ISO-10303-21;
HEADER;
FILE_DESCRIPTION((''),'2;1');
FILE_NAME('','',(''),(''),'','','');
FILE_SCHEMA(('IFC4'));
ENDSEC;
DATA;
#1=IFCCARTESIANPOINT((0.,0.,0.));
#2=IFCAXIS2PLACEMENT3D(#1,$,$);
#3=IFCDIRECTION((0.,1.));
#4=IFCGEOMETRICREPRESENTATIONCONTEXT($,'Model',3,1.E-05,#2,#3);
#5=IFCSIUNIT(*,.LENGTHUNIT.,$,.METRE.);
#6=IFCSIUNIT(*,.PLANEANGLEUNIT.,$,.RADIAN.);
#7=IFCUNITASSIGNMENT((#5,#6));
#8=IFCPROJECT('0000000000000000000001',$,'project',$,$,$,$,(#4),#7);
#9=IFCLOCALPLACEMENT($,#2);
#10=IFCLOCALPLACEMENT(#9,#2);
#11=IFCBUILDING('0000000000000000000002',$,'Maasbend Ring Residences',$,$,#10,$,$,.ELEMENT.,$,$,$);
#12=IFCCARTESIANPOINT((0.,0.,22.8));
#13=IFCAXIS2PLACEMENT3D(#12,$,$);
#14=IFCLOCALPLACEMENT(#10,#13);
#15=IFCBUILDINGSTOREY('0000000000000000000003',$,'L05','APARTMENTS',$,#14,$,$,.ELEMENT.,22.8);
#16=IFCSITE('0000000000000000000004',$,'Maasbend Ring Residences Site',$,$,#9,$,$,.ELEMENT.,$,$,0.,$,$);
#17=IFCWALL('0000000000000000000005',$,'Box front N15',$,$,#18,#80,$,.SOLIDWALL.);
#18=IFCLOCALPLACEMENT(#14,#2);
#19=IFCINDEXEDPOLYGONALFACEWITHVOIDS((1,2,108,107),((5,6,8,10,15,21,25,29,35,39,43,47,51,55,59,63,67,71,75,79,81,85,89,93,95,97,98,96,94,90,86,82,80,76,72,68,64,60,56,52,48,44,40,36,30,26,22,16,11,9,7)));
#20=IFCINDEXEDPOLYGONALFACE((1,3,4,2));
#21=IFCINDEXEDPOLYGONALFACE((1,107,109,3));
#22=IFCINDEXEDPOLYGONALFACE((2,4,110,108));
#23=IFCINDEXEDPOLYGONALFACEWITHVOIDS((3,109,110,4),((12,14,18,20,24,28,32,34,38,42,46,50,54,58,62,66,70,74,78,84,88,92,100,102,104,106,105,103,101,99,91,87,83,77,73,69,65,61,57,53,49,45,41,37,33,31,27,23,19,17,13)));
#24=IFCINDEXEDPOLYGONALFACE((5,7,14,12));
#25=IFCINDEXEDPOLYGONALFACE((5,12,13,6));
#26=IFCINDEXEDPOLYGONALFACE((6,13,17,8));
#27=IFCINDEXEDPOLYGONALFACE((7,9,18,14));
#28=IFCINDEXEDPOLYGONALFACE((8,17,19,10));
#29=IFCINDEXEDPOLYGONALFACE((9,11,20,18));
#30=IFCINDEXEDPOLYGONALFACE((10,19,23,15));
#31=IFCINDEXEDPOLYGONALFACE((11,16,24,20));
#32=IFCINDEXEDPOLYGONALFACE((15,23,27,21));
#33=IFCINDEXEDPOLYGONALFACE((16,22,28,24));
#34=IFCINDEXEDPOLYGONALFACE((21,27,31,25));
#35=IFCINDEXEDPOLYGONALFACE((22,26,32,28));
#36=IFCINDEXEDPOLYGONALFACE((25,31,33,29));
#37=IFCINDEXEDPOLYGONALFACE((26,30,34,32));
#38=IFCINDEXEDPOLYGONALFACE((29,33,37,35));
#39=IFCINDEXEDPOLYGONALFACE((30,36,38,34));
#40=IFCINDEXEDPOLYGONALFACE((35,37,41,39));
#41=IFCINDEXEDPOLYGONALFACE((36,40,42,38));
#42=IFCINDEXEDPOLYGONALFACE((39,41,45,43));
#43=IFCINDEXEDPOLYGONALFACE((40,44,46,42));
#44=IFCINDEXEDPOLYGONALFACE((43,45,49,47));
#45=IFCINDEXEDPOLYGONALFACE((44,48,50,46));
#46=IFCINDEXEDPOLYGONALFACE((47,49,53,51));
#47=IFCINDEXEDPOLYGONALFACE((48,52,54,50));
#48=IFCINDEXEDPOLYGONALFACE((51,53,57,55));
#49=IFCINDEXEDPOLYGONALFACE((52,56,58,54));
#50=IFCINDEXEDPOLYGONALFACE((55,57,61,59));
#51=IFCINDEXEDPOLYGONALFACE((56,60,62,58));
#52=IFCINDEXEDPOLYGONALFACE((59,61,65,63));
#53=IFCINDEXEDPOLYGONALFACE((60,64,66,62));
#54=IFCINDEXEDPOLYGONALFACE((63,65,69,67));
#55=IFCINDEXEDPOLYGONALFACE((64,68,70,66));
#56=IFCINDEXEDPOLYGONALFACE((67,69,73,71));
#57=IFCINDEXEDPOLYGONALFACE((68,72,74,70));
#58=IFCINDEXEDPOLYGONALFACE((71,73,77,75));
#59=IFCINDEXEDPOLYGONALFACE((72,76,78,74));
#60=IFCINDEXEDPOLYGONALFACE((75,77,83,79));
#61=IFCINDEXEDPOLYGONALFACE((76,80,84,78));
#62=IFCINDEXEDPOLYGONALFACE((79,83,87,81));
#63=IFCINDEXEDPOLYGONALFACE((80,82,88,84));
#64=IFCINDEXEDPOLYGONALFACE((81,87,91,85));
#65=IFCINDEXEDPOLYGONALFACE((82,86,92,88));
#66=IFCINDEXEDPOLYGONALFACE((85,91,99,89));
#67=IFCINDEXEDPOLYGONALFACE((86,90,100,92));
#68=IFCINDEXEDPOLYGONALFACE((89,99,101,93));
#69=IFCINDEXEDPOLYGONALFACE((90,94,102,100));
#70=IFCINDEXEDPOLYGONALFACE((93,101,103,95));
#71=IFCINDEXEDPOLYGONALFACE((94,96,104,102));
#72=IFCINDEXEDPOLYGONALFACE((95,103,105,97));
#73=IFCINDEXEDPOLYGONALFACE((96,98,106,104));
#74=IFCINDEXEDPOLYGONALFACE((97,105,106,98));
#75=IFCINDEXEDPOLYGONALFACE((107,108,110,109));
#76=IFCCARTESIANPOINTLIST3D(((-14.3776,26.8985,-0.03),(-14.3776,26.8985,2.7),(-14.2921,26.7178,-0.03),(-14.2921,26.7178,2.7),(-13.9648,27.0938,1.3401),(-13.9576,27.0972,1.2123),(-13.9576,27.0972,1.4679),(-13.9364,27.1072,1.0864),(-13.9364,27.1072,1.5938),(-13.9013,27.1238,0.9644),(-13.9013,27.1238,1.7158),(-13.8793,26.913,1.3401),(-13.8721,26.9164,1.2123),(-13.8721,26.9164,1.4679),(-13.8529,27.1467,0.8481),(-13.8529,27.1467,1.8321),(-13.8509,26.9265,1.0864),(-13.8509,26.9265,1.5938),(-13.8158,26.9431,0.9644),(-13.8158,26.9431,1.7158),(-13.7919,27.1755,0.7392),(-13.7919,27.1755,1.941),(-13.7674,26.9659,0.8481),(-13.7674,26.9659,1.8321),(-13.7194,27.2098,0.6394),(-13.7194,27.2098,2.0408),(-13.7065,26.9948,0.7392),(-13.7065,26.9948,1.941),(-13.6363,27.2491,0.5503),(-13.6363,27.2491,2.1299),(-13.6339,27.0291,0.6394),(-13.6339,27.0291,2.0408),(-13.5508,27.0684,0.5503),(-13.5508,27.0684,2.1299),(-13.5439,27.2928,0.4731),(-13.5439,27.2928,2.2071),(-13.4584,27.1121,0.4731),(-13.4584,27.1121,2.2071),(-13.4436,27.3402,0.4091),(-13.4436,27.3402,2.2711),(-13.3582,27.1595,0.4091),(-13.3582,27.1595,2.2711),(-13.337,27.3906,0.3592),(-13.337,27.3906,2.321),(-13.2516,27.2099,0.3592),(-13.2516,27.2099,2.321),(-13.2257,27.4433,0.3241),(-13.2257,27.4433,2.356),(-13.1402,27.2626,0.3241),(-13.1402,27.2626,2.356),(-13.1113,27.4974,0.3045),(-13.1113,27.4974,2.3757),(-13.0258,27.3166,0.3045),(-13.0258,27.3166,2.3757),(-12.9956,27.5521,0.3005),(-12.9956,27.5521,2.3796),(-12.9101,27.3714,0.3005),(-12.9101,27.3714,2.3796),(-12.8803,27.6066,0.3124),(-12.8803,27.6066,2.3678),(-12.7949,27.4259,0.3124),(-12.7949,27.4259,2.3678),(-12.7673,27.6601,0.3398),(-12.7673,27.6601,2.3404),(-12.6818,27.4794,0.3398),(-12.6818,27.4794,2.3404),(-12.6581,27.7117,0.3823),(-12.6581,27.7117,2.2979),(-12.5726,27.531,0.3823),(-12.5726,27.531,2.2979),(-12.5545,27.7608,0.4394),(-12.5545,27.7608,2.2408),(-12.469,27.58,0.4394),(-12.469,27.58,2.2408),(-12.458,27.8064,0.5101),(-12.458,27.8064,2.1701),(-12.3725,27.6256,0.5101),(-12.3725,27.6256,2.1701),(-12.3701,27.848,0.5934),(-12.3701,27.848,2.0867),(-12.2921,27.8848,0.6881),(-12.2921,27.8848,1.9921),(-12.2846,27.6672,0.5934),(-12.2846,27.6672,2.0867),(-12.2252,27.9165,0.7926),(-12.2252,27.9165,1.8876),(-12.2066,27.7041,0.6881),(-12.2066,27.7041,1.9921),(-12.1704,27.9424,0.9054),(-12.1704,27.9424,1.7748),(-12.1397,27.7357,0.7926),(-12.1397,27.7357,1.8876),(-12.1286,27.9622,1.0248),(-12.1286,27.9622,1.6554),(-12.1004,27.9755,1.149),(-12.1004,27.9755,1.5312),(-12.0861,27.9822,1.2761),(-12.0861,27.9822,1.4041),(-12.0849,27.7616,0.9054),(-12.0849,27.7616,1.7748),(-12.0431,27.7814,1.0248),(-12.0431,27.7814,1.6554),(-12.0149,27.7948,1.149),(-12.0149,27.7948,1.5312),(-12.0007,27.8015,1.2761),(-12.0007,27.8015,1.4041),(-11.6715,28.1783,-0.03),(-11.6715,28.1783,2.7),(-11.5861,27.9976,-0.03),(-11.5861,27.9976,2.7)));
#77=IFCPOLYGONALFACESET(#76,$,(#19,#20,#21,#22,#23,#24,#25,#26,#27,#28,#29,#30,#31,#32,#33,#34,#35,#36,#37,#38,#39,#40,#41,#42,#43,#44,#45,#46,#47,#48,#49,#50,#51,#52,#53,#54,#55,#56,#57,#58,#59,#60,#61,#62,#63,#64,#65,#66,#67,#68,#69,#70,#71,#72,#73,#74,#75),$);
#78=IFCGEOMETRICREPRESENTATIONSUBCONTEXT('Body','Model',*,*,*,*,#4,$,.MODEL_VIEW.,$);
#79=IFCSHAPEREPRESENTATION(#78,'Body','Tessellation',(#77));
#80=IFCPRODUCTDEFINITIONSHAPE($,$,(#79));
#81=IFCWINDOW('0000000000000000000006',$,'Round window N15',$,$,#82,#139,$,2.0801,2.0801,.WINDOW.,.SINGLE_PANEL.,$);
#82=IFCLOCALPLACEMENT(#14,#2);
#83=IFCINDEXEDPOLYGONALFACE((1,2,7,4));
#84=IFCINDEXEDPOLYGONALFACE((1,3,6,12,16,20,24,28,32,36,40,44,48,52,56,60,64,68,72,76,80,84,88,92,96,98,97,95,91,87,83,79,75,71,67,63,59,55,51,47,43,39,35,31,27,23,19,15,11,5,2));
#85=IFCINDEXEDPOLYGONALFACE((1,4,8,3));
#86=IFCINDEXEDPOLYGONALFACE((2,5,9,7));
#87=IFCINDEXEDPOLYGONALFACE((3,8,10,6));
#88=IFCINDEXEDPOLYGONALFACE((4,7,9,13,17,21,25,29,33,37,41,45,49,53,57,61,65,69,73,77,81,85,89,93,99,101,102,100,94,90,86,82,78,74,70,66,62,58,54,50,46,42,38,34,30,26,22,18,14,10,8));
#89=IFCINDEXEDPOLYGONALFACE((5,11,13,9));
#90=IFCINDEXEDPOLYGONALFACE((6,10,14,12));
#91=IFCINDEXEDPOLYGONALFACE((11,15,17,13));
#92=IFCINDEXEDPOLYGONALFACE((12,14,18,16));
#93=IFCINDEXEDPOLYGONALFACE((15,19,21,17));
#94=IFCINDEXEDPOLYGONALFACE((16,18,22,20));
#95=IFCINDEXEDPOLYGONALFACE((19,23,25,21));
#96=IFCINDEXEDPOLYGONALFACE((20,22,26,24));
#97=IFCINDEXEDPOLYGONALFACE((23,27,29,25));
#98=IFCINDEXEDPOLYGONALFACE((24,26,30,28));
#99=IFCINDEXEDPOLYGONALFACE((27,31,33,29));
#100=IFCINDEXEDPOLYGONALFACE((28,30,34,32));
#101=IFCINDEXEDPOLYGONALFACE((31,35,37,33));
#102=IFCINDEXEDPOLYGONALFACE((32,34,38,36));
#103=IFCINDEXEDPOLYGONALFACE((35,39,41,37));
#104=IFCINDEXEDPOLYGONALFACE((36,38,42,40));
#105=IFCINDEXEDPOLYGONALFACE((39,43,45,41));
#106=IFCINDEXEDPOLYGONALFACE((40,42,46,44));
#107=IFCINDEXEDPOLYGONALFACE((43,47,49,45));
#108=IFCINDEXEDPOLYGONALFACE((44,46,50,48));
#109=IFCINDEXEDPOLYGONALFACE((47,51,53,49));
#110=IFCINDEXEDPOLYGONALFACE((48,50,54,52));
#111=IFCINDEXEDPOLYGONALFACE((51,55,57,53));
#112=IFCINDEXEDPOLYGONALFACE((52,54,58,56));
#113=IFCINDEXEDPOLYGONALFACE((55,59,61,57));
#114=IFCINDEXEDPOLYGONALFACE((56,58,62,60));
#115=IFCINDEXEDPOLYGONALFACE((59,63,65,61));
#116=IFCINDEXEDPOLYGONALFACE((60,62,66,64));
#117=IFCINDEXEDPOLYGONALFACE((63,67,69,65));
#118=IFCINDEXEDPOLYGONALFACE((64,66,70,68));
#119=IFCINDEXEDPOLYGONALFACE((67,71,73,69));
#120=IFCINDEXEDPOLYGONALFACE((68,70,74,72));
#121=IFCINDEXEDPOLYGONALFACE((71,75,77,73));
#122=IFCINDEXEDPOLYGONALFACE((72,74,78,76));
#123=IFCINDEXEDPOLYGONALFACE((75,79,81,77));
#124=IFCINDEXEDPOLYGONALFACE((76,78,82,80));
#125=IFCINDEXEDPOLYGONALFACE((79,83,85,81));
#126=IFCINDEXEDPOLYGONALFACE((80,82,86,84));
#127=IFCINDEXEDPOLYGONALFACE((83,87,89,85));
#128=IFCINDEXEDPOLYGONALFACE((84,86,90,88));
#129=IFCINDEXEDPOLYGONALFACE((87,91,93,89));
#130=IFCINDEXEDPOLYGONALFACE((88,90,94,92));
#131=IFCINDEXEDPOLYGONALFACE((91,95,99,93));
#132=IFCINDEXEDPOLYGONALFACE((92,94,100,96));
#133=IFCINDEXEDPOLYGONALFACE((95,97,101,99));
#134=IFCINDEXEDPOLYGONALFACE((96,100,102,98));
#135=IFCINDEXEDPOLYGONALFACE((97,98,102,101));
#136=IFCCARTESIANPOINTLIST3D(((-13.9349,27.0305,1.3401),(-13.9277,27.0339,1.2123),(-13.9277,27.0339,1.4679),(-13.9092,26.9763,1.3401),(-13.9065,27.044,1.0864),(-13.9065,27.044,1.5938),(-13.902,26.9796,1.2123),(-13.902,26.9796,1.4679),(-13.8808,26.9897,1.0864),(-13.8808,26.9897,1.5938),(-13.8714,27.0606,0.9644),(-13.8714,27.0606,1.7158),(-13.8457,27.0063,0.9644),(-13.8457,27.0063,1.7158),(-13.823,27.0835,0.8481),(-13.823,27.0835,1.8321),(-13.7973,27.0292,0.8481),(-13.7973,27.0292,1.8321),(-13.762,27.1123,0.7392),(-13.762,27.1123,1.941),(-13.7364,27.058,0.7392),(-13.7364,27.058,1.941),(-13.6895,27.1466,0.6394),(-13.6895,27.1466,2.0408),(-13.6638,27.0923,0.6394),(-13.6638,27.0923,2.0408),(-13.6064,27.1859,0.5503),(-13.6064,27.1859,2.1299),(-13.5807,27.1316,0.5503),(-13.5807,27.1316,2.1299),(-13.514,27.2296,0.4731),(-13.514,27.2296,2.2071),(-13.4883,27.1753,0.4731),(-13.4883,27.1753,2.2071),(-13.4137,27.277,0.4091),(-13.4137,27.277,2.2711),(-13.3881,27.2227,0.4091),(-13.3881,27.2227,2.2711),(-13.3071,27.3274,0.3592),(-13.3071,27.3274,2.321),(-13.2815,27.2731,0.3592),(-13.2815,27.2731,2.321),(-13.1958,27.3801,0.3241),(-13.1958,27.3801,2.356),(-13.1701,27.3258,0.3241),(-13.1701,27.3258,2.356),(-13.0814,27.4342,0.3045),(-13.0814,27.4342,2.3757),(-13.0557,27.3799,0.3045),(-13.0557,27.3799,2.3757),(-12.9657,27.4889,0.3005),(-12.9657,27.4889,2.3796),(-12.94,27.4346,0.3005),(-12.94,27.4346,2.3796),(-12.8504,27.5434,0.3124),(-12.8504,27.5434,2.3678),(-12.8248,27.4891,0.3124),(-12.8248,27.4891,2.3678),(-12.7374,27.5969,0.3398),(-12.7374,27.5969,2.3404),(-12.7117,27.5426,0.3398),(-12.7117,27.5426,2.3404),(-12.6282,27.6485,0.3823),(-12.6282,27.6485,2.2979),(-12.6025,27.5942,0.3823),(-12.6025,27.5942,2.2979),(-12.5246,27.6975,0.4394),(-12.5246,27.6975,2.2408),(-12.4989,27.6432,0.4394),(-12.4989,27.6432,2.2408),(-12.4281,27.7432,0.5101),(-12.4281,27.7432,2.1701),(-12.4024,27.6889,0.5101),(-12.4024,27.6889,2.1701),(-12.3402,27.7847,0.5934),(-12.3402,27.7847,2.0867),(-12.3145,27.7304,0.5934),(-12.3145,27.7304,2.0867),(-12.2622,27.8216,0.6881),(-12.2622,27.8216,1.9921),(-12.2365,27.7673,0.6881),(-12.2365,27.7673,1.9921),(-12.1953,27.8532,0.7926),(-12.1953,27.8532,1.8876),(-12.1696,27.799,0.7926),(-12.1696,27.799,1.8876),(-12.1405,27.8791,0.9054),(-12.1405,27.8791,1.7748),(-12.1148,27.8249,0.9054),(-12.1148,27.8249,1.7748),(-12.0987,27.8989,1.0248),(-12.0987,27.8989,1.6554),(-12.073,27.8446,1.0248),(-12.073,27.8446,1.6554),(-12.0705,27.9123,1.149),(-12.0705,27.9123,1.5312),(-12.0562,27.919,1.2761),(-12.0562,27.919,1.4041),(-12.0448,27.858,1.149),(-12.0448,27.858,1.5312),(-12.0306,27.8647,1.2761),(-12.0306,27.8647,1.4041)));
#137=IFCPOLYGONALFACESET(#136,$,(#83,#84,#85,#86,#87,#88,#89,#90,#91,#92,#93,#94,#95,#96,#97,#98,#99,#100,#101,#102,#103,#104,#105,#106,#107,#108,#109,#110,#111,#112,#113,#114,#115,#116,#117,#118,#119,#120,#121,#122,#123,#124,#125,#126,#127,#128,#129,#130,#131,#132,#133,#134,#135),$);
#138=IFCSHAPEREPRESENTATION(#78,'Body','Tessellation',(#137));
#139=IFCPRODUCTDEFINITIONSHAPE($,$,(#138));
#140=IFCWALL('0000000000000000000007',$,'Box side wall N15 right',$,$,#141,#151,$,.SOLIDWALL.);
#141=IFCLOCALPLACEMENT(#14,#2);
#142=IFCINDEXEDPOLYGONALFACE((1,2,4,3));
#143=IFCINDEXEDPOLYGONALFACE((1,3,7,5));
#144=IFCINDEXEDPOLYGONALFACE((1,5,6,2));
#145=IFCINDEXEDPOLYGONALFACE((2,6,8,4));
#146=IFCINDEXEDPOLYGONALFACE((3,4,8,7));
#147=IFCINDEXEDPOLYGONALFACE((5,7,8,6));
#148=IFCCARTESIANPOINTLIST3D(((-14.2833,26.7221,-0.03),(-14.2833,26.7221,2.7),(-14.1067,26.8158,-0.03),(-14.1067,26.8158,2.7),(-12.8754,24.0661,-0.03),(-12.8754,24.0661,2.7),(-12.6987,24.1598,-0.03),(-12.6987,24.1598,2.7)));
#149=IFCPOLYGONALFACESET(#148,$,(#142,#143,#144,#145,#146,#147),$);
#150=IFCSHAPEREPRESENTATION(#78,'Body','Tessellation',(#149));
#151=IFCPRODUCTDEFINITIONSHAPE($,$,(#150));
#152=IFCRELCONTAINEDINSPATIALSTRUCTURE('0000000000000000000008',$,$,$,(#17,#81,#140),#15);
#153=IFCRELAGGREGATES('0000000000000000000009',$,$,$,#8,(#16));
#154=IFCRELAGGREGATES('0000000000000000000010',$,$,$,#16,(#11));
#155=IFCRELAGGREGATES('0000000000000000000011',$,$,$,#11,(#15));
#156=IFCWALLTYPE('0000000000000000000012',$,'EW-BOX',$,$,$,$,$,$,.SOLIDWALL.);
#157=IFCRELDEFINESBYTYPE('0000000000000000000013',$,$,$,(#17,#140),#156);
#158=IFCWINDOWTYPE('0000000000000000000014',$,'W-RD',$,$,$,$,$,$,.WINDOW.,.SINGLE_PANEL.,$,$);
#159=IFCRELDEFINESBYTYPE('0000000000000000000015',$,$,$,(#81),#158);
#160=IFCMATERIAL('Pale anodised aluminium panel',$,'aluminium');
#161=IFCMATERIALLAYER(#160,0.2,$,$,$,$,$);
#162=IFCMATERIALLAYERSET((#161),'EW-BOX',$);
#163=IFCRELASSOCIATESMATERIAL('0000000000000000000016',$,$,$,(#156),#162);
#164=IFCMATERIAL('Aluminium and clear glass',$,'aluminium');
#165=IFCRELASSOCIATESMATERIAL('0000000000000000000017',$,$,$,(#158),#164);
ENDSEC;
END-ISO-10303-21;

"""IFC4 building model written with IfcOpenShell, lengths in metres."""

from ifc_helpers import new_model, si_unit, direction, frame, frame_2d, origin, place, context, subcontext, project, spatial, rectangle, circle, extrude, material, layer, layer_set, type_object, element, fill, save


model = new_model("IFC4")

# Units and contexts
model_context = context("Model", 3, precision=1e-05, world=origin(), true_north=direction((0.0, 1.0)))
body_context = subcontext(model_context, "Body", "Model", "MODEL_VIEW")
ifc_project = project(units=[si_unit("LENGTHUNIT", "METRE"), si_unit("PLANEANGLEUNIT", "RADIAN")], contexts=[model_context])

# Site, building, storey
site_placement = place(None, origin())
site = spatial("IfcSite", under=ifc_project, at=site_placement, Name="Maasbend Ring Residences Site", CompositionType="ELEMENT", RefElevation=0.0)
building_placement = place(site_placement, origin())
building = spatial("IfcBuilding", under=site, at=building_placement, Name="Maasbend Ring Residences", CompositionType="ELEMENT")
storey_placement = place(building_placement, frame((0.0, 0.0, 22.8)))
storey = spatial("IfcBuildingStorey", under=building, at=storey_placement, Name="L05", Description="APARTMENTS", CompositionType="ELEMENT", Elevation=22.8)

# Wall, opening, window
ifc_material_1 = material(Name="Pale anodised aluminium panel", Category="aluminium")
ifc_layer_1 = layer(ifc_material_1, 0.2)
ifc_layer_set_1 = layer_set([ifc_layer_1], Name="EW-BOX")
wall_type_1 = type_object("IfcWallType", Name="EW-BOX", PredefinedType="SOLIDWALL", material=ifc_layer_set_1)
wall_1_placement = place(storey_placement, frame((-11.6289, 28.0879, -0.03), z_axis=(0.0, 0.0, 1.0), x_axis=(-0.904, -0.427532, 0.0)))
wall_1 = element("IfcWall", 1, at=wall_1_placement, inside=storey, type_object=wall_type_1, Name="Box front N15", PredefinedType="SOLIDWALL", context=body_context, shape_type="SweptSolid", body=[
    extrude(rectangle(XDim=2.9934, YDim=0.2, at=frame_2d((1.4966, 0.0))), origin(), (0.0, 0.0, 1.0), 2.73),
])
opening_1_placement = place(wall_1_placement, frame((0.4565, 0.0, 0.3301)))
opening_1 = element("IfcOpeningElement", 2, at=opening_1_placement, cuts=wall_1, PredefinedType="OPENING", context=body_context, shape_type="SweptSolid", body=[
    extrude(circle(Radius=1.04, at=frame_2d((1.04, 1.04))), frame((0.0, 0.1099, 0.0), z_axis=(0.0, -1.0, 0.0), x_axis=(1.0, 0.0, 0.0)), (0.0, 0.0, 1.0), 0.22),
])
ifc_material_2 = material(Name="Aluminium and clear glass", Category="aluminium")
window_type_1 = type_object("IfcWindowType", Name="W-RD", PartitioningType="SINGLE_PANEL", PredefinedType="WINDOW", material=ifc_material_2)
window_1_placement = place(opening_1_placement, origin())
window_1 = element("IfcWindow", 3, at=window_1_placement, inside=storey, type_object=window_type_1, Name="Round window N15", OverallHeight=2.0801, OverallWidth=2.0801, PartitioningType="SINGLE_PANEL", PredefinedType="WINDOW", context=body_context, shape_type="SweptSolid", body=[
    extrude(circle(Radius=1.04, at=frame_2d((1.04, 1.04))), frame((0.0, 0.03, 0.0), z_axis=(0.0, -1.0, 0.0), x_axis=(1.0, 0.0, 0.0)), (0.0, 0.0, 1.0), 0.0601),
])
fill(opening_1, window_1)

# Wall
wall_2_placement = place(storey_placement, frame((-12.7871, 24.113, -0.03), z_axis=(0.0, 0.0, 1.0), x_axis=(-0.468365, 0.883535, 0.0)))
element("IfcWall", 4, at=wall_2_placement, inside=storey, type_object=wall_type_1, Name="Box side wall N15 right", PredefinedType="SOLIDWALL", context=body_context, shape_type="SweptSolid", body=[
    extrude(rectangle(XDim=3.0061, YDim=0.2, at=frame_2d((1.5029, 0.0))), origin(), (0.0, 0.0, 1.0), 2.73),
])

save(model, "model.ifc")
